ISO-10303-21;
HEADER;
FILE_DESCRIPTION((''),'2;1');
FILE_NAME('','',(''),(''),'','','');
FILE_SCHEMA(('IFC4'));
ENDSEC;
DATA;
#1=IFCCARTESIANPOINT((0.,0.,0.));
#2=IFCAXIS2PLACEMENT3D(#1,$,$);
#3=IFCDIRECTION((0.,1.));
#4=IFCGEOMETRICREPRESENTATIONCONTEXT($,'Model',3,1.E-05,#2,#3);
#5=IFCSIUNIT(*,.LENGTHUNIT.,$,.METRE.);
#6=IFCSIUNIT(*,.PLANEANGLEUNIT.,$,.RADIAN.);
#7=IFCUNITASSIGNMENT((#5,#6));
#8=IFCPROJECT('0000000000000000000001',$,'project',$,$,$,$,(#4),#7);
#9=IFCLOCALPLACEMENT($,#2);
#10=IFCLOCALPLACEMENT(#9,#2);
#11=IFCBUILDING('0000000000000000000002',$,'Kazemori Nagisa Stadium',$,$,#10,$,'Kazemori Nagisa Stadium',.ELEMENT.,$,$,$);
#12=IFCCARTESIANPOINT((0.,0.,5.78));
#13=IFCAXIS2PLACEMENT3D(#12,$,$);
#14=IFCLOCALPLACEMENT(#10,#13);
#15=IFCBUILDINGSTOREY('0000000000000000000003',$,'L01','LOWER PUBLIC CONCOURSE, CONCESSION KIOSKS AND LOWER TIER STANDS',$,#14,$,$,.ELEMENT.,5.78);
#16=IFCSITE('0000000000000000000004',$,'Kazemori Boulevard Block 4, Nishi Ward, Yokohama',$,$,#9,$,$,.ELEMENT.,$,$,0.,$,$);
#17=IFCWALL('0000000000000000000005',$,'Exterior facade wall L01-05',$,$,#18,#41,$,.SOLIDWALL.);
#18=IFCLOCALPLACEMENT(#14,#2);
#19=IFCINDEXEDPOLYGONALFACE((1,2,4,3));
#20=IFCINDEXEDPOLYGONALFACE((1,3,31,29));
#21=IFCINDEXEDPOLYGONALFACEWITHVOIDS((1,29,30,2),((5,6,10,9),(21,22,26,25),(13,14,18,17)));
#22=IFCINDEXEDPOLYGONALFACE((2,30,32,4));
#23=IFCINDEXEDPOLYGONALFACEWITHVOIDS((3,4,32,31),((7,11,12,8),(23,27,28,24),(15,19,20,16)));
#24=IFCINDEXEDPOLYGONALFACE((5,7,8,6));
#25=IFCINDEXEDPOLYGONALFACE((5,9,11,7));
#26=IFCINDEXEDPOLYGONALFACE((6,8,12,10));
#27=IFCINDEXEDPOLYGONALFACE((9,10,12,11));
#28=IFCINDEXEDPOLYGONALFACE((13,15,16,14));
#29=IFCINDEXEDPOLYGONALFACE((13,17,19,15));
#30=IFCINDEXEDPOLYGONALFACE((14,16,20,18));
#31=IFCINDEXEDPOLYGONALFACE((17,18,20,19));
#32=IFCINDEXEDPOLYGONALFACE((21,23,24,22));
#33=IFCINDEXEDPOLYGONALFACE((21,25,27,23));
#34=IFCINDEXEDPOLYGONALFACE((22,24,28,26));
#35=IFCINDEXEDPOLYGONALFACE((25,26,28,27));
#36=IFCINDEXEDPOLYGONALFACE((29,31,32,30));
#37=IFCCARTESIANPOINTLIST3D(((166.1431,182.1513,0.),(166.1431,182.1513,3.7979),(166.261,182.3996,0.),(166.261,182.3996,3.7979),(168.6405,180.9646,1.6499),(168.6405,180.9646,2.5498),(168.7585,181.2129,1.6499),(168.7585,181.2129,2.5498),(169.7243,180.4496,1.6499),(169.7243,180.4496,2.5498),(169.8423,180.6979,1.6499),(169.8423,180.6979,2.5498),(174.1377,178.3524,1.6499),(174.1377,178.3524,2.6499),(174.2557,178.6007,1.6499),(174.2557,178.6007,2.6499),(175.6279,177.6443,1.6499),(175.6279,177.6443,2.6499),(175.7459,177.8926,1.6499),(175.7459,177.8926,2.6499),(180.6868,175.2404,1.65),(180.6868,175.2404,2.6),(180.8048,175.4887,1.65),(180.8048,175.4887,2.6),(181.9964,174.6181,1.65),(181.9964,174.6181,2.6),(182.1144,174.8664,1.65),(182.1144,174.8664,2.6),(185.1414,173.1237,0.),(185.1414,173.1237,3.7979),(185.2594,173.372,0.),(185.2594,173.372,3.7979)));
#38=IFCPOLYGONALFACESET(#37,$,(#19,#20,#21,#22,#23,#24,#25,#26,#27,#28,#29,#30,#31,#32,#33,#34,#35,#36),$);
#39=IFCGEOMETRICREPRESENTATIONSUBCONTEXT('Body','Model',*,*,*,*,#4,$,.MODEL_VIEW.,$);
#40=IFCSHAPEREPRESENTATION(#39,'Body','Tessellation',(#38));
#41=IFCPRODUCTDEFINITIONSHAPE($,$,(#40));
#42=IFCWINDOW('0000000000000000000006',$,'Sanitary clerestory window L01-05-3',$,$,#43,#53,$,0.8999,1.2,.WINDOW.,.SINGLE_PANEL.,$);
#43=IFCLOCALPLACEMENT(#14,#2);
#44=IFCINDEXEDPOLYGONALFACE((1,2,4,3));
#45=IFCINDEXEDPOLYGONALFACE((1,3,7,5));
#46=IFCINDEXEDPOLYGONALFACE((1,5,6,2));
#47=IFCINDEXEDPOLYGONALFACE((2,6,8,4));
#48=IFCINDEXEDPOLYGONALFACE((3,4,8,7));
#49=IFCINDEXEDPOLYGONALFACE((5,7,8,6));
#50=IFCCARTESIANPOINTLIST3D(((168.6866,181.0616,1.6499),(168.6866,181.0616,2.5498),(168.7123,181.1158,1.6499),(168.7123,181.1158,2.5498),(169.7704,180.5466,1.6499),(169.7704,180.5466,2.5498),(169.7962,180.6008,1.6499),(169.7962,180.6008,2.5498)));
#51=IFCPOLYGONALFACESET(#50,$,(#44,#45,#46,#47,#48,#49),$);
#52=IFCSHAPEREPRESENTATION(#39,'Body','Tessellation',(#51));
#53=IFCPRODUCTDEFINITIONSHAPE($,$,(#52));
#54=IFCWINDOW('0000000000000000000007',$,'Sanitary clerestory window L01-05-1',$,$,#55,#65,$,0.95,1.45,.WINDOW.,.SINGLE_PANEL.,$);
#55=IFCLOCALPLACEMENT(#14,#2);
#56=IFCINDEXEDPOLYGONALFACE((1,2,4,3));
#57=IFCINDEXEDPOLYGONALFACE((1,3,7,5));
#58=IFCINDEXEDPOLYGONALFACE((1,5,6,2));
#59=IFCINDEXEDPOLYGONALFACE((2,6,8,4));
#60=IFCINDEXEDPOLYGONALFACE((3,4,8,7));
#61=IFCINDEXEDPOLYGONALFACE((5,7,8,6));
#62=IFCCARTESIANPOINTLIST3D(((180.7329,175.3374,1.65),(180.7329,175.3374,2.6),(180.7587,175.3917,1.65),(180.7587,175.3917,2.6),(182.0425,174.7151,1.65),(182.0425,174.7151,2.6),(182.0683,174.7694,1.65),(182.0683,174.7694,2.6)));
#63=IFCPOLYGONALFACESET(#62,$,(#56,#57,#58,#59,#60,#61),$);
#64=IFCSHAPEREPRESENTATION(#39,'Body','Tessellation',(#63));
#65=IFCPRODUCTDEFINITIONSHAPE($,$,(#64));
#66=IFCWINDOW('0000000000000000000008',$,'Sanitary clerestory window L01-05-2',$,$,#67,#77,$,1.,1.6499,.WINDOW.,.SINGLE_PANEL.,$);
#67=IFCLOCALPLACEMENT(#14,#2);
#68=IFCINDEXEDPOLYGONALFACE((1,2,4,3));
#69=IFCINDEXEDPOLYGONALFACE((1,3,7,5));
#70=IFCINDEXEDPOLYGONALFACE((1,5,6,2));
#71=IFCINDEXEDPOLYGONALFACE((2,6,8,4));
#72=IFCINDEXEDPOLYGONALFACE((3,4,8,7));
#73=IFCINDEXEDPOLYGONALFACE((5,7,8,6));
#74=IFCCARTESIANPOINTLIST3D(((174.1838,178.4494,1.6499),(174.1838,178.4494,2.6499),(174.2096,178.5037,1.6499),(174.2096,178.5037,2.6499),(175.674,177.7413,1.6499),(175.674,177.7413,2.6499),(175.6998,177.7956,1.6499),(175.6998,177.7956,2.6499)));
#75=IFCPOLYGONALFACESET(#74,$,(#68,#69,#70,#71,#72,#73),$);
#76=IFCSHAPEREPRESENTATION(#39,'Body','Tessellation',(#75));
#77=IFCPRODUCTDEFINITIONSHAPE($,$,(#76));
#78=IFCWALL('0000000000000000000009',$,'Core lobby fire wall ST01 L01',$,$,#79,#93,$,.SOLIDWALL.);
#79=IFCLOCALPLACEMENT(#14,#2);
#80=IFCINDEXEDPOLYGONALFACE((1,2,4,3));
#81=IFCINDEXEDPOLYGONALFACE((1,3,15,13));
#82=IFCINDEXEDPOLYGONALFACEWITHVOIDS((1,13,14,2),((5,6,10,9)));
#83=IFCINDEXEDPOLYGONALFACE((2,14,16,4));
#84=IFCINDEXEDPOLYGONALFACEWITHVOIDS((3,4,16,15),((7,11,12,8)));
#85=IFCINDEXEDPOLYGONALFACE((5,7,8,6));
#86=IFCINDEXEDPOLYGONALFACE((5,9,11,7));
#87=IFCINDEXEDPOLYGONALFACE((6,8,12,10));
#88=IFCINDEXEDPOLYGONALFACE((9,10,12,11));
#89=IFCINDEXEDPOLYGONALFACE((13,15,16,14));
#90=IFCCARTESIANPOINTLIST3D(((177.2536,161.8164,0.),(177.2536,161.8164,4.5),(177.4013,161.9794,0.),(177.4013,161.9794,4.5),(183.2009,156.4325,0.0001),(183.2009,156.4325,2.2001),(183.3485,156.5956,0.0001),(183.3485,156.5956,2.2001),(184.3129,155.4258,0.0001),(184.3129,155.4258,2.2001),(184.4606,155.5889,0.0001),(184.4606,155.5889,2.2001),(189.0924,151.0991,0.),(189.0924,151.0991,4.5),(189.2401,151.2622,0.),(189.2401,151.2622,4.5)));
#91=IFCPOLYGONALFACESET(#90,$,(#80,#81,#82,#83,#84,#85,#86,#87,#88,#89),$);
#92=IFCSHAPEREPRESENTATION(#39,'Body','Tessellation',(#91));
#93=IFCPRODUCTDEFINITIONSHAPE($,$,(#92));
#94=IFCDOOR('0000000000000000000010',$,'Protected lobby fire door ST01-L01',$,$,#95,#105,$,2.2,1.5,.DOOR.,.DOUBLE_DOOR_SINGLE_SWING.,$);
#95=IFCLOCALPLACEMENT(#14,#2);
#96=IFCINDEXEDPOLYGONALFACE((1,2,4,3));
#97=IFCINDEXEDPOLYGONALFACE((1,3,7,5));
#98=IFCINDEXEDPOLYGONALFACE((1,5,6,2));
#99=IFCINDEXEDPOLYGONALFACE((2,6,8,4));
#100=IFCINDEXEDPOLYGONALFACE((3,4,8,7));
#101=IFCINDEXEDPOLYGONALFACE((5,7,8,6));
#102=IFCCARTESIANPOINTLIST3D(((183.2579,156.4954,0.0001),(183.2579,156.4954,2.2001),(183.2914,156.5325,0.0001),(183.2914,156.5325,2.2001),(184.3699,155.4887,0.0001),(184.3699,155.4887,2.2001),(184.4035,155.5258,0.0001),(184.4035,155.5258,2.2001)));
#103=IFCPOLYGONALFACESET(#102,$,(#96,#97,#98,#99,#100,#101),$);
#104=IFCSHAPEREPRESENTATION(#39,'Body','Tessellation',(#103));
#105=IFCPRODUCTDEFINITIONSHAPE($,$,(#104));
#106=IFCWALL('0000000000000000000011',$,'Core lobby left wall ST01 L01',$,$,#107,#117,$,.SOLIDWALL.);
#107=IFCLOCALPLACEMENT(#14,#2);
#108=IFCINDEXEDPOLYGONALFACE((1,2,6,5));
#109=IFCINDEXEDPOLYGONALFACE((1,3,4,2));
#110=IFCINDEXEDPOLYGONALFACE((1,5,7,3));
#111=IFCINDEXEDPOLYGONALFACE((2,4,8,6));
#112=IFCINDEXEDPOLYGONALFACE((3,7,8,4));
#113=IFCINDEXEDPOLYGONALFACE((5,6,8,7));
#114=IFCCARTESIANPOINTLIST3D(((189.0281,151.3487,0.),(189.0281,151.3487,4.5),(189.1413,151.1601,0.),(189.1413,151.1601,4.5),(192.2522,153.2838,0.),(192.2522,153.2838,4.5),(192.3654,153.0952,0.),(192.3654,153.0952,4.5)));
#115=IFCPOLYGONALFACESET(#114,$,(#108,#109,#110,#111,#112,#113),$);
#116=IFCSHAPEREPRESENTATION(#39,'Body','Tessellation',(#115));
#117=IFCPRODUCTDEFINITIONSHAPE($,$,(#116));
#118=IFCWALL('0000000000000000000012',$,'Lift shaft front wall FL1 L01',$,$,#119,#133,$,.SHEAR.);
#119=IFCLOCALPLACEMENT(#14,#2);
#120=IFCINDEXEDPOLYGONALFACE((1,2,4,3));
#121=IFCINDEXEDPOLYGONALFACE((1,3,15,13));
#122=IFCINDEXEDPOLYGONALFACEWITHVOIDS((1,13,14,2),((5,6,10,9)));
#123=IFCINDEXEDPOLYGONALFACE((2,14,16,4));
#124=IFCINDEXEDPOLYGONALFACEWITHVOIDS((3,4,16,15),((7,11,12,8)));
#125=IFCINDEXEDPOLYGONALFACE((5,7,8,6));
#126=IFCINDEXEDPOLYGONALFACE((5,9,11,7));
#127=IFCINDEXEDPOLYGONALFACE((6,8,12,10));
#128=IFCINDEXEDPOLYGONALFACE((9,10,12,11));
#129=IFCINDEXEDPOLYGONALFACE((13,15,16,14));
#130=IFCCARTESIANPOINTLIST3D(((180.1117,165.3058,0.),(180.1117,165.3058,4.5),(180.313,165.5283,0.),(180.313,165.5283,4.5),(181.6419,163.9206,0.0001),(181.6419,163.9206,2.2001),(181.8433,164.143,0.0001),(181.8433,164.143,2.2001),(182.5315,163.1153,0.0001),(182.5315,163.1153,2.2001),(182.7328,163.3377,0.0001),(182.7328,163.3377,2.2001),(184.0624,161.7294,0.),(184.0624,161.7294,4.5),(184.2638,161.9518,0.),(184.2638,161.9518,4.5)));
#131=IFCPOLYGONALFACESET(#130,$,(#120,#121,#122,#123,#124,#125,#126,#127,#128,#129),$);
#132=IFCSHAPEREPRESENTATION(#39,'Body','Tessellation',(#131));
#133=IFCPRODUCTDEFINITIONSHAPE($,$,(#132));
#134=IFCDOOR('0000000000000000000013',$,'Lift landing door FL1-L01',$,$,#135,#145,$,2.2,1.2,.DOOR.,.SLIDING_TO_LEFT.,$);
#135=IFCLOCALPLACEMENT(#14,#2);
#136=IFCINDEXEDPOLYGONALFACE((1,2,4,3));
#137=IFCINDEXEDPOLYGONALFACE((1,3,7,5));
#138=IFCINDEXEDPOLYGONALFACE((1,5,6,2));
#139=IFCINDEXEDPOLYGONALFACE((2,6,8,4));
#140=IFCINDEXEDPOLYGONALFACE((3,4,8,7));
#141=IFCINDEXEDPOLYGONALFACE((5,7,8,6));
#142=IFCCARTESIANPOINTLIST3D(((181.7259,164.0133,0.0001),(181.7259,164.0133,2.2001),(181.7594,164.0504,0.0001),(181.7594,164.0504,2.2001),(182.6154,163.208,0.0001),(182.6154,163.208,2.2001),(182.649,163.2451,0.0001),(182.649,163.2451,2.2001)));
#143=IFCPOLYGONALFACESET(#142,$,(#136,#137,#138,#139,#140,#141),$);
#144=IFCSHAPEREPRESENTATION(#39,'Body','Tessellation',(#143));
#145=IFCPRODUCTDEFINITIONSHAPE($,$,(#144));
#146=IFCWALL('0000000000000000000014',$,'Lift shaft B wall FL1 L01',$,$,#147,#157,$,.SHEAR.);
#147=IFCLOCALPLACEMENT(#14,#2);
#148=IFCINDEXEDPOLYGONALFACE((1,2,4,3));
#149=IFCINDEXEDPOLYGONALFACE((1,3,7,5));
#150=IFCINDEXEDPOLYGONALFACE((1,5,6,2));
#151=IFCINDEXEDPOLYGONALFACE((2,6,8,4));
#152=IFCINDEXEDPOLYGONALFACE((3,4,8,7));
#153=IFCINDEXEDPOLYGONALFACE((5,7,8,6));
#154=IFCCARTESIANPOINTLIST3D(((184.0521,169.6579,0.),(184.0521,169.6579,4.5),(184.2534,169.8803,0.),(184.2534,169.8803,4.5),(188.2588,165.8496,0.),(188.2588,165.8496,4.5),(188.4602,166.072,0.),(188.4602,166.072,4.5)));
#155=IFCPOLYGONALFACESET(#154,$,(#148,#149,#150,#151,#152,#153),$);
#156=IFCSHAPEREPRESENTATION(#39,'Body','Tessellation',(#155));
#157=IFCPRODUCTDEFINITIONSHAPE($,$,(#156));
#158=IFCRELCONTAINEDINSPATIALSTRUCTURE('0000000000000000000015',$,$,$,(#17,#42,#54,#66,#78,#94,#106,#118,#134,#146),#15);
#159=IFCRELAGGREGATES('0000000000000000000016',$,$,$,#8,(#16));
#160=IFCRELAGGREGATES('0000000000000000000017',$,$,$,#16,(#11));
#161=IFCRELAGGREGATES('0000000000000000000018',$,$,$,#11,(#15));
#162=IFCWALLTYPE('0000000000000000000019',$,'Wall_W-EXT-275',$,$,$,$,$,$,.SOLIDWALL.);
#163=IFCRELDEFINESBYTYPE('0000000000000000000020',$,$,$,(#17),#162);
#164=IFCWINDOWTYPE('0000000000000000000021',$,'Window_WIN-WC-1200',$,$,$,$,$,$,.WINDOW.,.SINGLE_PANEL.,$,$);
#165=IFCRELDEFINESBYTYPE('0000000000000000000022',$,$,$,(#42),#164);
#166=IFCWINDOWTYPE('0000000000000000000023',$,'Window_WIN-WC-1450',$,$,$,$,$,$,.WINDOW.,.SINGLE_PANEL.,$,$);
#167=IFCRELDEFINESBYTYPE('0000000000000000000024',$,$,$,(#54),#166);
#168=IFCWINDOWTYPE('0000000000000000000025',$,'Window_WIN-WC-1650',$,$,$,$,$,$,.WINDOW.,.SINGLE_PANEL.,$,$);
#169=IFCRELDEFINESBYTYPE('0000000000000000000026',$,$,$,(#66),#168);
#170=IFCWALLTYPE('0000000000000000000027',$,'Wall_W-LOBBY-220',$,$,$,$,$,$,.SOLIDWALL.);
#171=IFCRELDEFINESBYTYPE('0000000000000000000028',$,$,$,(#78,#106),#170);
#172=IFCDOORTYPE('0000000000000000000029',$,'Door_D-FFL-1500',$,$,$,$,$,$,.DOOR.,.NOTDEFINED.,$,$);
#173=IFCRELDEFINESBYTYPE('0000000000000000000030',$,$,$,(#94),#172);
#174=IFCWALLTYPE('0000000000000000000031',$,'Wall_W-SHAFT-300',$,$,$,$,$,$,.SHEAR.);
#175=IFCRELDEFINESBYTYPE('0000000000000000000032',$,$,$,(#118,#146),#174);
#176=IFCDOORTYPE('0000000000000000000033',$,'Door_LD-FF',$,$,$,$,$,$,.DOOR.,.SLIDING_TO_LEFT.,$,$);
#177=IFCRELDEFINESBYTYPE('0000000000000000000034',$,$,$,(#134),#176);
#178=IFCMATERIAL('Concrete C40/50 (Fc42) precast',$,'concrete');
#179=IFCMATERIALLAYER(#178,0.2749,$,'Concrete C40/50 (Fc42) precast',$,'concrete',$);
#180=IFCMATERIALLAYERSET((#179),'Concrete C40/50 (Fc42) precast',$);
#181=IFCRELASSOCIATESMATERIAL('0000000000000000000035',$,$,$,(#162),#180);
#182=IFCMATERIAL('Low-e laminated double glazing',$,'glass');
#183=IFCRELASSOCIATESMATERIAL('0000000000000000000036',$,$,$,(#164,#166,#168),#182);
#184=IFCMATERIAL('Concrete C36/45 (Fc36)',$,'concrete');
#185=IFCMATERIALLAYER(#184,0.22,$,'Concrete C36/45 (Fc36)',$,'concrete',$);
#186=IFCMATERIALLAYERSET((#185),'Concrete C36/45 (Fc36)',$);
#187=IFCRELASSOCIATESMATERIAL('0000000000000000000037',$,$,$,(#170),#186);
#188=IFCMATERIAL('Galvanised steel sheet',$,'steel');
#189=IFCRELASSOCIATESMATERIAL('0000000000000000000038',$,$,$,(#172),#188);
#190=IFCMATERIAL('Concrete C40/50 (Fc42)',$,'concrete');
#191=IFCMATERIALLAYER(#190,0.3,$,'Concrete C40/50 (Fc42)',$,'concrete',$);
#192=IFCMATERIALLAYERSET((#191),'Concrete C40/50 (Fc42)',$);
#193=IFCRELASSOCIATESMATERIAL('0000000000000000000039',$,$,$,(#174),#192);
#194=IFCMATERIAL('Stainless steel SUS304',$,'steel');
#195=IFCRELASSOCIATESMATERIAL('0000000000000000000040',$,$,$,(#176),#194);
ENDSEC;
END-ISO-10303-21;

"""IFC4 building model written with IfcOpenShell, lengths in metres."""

from ifc_helpers import new_model, si_unit, direction, frame, frame_2d, origin, place, context, subcontext, project, spatial, rectangle, extrude, material, layer, layer_set, type_object, element, fill, save


model = new_model("IFC4")

# Units and contexts
model_context = context("Model", 3, precision=1e-05, world=origin(), true_north=direction((0.0, 1.0)))
body_context = subcontext(model_context, "Body", "Model", "MODEL_VIEW")
ifc_project = project(units=[si_unit("LENGTHUNIT", "METRE"), si_unit("PLANEANGLEUNIT", "RADIAN")], contexts=[model_context])

# Site, building, storey
site_placement = place(None, origin())
site = spatial("IfcSite", under=ifc_project, at=site_placement, Name="Kazemori Boulevard Block 4, Nishi Ward, Yokohama", CompositionType="ELEMENT", RefElevation=0.0)
building_placement = place(site_placement, origin())
building = spatial("IfcBuilding", under=site, at=building_placement, Name="Kazemori Nagisa Stadium", LongName="Kazemori Nagisa Stadium", CompositionType="ELEMENT")
storey_placement = place(building_placement, frame((0.0, 0.0, 5.78)))
storey = spatial("IfcBuildingStorey", under=building, at=storey_placement, Name="L01", Description="LOWER PUBLIC CONCOURSE, CONCESSION KIOSKS AND LOWER TIER STANDS", CompositionType="ELEMENT", Elevation=5.78)

# Shared definitions
ifc_material_1 = material(Name="Concrete C40/50 (Fc42)", Category="concrete")

# Wall, openings, windows
ifc_material_2 = material(Name="Concrete C40/50 (Fc42) precast", Category="concrete")
ifc_layer_1 = layer(ifc_material_2, 0.2749, Name="Concrete C40/50 (Fc42) precast", Category="concrete")
ifc_layer_set_1 = layer_set([ifc_layer_1], Name="Concrete C40/50 (Fc42) precast")
wall_type_1 = type_object("IfcWallType", Name="Wall_W-EXT-275", PredefinedType="SOLIDWALL", material=ifc_layer_set_1)
wall_1_placement = place(storey_placement, frame((185.2004, 173.2478, 0.0), z_axis=(0.0, 0.0, 1.0), x_axis=(-0.903215, 0.429189, 0.0)))
wall_1 = element("IfcWall", 1, at=wall_1_placement, inside=storey, type_object=wall_type_1, Name="Exterior facade wall L01-05", PredefinedType="SOLIDWALL", context=body_context, shape_type="SweptSolid", body=[
    extrude(rectangle(XDim=21.0342, YDim=0.2749, at=frame_2d((10.5171, 0.0))), origin(), (0.0, 0.0, 1.0), 3.7979),
])
opening_1_placement = place(wall_1_placement, frame((3.4819, 0.0, 1.6499)))
opening_1 = element("IfcOpeningElement", 2, at=opening_1_placement, cuts=wall_1, PredefinedType="OPENING", context=body_context, shape_type="SweptSolid", body=[
    extrude(rectangle(XDim=1.45, YDim=0.95, at=frame_2d((0.7251, 0.4751))), frame((0.0, 0.1475, 0.0), z_axis=(0.0, -1.0, 0.0), x_axis=(1.0, 0.0, 0.0)), (0.0, 0.0, 1.0), 0.2949),
])
opening_2_placement = place(wall_1_placement, frame((10.533, 0.0, 1.6499)))
opening_2 = element("IfcOpeningElement", 3, at=opening_2_placement, cuts=wall_1, PredefinedType="OPENING", context=body_context, shape_type="SweptSolid", body=[
    extrude(rectangle(XDim=1.6499, YDim=1.0, at=frame_2d((0.825, 0.5))), frame((0.0, 0.1475, 0.0), z_axis=(0.0, -1.0, 0.0), x_axis=(1.0, 0.0, 0.0)), (0.0, 0.0, 1.0), 0.2949),
])
opening_3_placement = place(wall_1_placement, frame((17.0691, 0.0, 1.6499)))
opening_3 = element("IfcOpeningElement", 4, at=opening_3_placement, cuts=wall_1, PredefinedType="OPENING", context=body_context, shape_type="SweptSolid", body=[
    extrude(rectangle(XDim=1.2, YDim=0.8999, at=frame_2d((0.6001, 0.45))), frame((0.0, 0.1475, 0.0), z_axis=(0.0, -1.0, 0.0), x_axis=(1.0, 0.0, 0.0)), (0.0, 0.0, 1.0), 0.2949),
])
ifc_material_3 = material(Name="Low-e laminated double glazing", Category="glass")
window_type_1 = type_object("IfcWindowType", Name="Window_WIN-WC-1200", PartitioningType="SINGLE_PANEL", PredefinedType="WINDOW", material=ifc_material_3)
window_1_placement = place(opening_3_placement, origin())
window_1 = element("IfcWindow", 5, at=window_1_placement, inside=storey, type_object=window_type_1, Name="Sanitary clerestory window L01-05-3", OverallHeight=0.8999, OverallWidth=1.2, PartitioningType="SINGLE_PANEL", PredefinedType="WINDOW", context=body_context, shape_type="SweptSolid", body=[
    extrude(rectangle(XDim=1.2, YDim=0.8999, at=frame_2d((0.6001, 0.45))), frame((0.0, 0.03, 0.0), z_axis=(0.0, -1.0, 0.0), x_axis=(1.0, 0.0, 0.0)), (0.0, 0.0, 1.0), 0.0601),
])
fill(opening_3, window_1)
window_type_2 = type_object("IfcWindowType", Name="Window_WIN-WC-1450", PartitioningType="SINGLE_PANEL", PredefinedType="WINDOW", material=ifc_material_3)
window_2_placement = place(opening_1_placement, origin())
window_2 = element("IfcWindow", 6, at=window_2_placement, inside=storey, type_object=window_type_2, Name="Sanitary clerestory window L01-05-1", OverallHeight=0.95, OverallWidth=1.45, PartitioningType="SINGLE_PANEL", PredefinedType="WINDOW", context=body_context, shape_type="SweptSolid", body=[
    extrude(rectangle(XDim=1.45, YDim=0.95, at=frame_2d((0.7251, 0.4751))), frame((0.0, 0.03, 0.0), z_axis=(0.0, -1.0, 0.0), x_axis=(1.0, 0.0, 0.0)), (0.0, 0.0, 1.0), 0.0601),
])
fill(opening_1, window_2)
window_type_3 = type_object("IfcWindowType", Name="Window_WIN-WC-1650", PartitioningType="SINGLE_PANEL", PredefinedType="WINDOW", material=ifc_material_3)
window_3_placement = place(opening_2_placement, origin())
window_3 = element("IfcWindow", 7, at=window_3_placement, inside=storey, type_object=window_type_3, Name="Sanitary clerestory window L01-05-2", OverallHeight=1.0, OverallWidth=1.6499, PartitioningType="SINGLE_PANEL", PredefinedType="WINDOW", context=body_context, shape_type="SweptSolid", body=[
    extrude(rectangle(XDim=1.6499, YDim=1.0, at=frame_2d((0.825, 0.5))), frame((0.0, 0.03, 0.0), z_axis=(0.0, -1.0, 0.0), x_axis=(1.0, 0.0, 0.0)), (0.0, 0.0, 1.0), 0.0601),
])
fill(opening_2, window_3)

# Wall, opening, door
ifc_material_4 = material(Name="Concrete C36/45 (Fc36)", Category="concrete")
ifc_layer_2 = layer(ifc_material_4, 0.22, Name="Concrete C36/45 (Fc36)", Category="concrete")
ifc_layer_set_2 = layer_set([ifc_layer_2], Name="Concrete C36/45 (Fc36)")
wall_type_2 = type_object("IfcWallType", Name="Wall_W-LOBBY-220", PredefinedType="SOLIDWALL", material=ifc_layer_set_2)
wall_2_placement = place(storey_placement, frame((189.1663, 151.1807, 0.0), z_axis=(0.0, 0.0, 1.0), x_axis=(-0.741351, 0.671117, 0.0)))
wall_2 = element("IfcWall", 8, at=wall_2_placement, inside=storey, type_object=wall_type_2, Name="Core lobby fire wall ST01 L01", PredefinedType="SOLIDWALL", context=body_context, shape_type="SweptSolid", body=[
    extrude(rectangle(XDim=15.9692, YDim=0.22, at=frame_2d((7.9846, 0.0))), origin(), (0.0, 0.0, 1.0), 4.5),
])
opening_4_placement = place(wall_2_placement, frame((6.447, 0.0, 0.0)))
opening_4 = element("IfcOpeningElement", 9, at=opening_4_placement, cuts=wall_2, PredefinedType="OPENING", context=body_context, shape_type="SweptSolid", body=[
    extrude(rectangle(XDim=1.5, YDim=2.2, at=frame_2d((0.75, 1.1001))), frame((0.0, 0.1199, 0.0), z_axis=(0.0, -1.0, 0.0), x_axis=(1.0, 0.0, 0.0)), (0.0, 0.0, 1.0), 0.24),
])
ifc_material_5 = material(Name="Galvanised steel sheet", Category="steel")
door_type_1 = type_object("IfcDoorType", Name="Door_D-FFL-1500", OperationType="NOTDEFINED", PredefinedType="DOOR", material=ifc_material_5)
door_1_placement = place(opening_4_placement, frame((1.5, 0.0, 0.0), z_axis=(0.0, 0.0, 1.0), x_axis=(-1.0, 0.0, 0.0)))
door_1 = element("IfcDoor", 10, at=door_1_placement, inside=storey, type_object=door_type_1, Name="Protected lobby fire door ST01-L01", OperationType="DOUBLE_DOOR_SINGLE_SWING", OverallHeight=2.2, OverallWidth=1.5, PredefinedType="DOOR", context=body_context, shape_type="SweptSolid", body=[
    extrude(rectangle(XDim=1.5, YDim=2.2, at=frame_2d((0.75, 1.1001))), frame((0.0, 0.0249, 0.0), z_axis=(0.0, -1.0, 0.0), x_axis=(1.0, 0.0, 0.0)), (0.0, 0.0, 1.0), 0.05),
])
fill(opening_4, door_1)

# Wall
wall_3_placement = place(storey_placement, frame((189.0847, 151.2544, 0.0), z_axis=(0.0, 0.0, 1.0), x_axis=(0.857424, 0.51461, 0.0)))
element("IfcWall", 11, at=wall_3_placement, inside=storey, type_object=wall_type_2, Name="Core lobby left wall ST01 L01", PredefinedType="SOLIDWALL", context=body_context, shape_type="SweptSolid", body=[
    extrude(rectangle(XDim=3.7603, YDim=0.22, at=frame_2d((1.8801, 0.0))), origin(), (0.0, 0.0, 1.0), 4.5),
])

# Wall, opening, door
ifc_layer_3 = layer(ifc_material_1, 0.3, Name="Concrete C40/50 (Fc42)", Category="concrete")
ifc_layer_set_3 = layer_set([ifc_layer_3], Name="Concrete C40/50 (Fc42)")
wall_type_3 = type_object("IfcWallType", Name="Wall_W-SHAFT-300", PredefinedType="SHEAR", material=ifc_layer_set_3)
wall_4_placement = place(storey_placement, frame((184.1631, 161.8406, 0.0), z_axis=(0.0, 0.0, 1.0), x_axis=(-0.74135, 0.671118, 0.0)))
wall_4 = element("IfcWall", 12, at=wall_4_placement, inside=storey, type_object=wall_type_3, Name="Lift shaft front wall FL1 L01", PredefinedType="SHEAR", context=body_context, shape_type="SweptSolid", body=[
    extrude(rectangle(XDim=5.3291, YDim=0.3, at=frame_2d((2.6646, 0.0))), origin(), (0.0, 0.0, 1.0), 4.5),
])
opening_5_placement = place(wall_4_placement, frame((2.0649, 0.0, 0.0)))
opening_5 = element("IfcOpeningElement", 13, at=opening_5_placement, cuts=wall_4, PredefinedType="OPENING", context=body_context, shape_type="SweptSolid", body=[
    extrude(rectangle(XDim=1.2, YDim=2.2, at=frame_2d((0.6001, 1.1001))), frame((0.0, 0.1599, 0.0), z_axis=(0.0, -1.0, 0.0), x_axis=(1.0, 0.0, 0.0)), (0.0, 0.0, 1.0), 0.3201),
])
ifc_material_6 = material(Name="Stainless steel SUS304", Category="steel")
door_type_2 = type_object("IfcDoorType", Name="Door_LD-FF", OperationType="SLIDING_TO_LEFT", PredefinedType="DOOR", material=ifc_material_6)
door_2_placement = place(opening_5_placement, origin())
door_2 = element("IfcDoor", 14, at=door_2_placement, inside=storey, type_object=door_type_2, Name="Lift landing door FL1-L01", OperationType="SLIDING_TO_LEFT", OverallHeight=2.2, OverallWidth=1.2, PredefinedType="DOOR", context=body_context, shape_type="SweptSolid", body=[
    extrude(rectangle(XDim=1.2, YDim=2.2, at=frame_2d((0.6001, 1.1001))), frame((0.0, 0.0249, 0.0), z_axis=(0.0, -1.0, 0.0), x_axis=(1.0, 0.0, 0.0)), (0.0, 0.0, 1.0), 0.05),
])
fill(opening_5, door_2)

# Wall
wall_5_placement = place(storey_placement, frame((188.3596, 165.9607, 0.0), z_axis=(0.0, 0.0, 1.0), x_axis=(-0.741342, 0.671127, 0.0)))
element("IfcWall", 15, at=wall_5_placement, inside=storey, type_object=wall_type_3, Name="Lift shaft B wall FL1 L01", PredefinedType="SHEAR", context=body_context, shape_type="SweptSolid", body=[
    extrude(rectangle(XDim=5.6746, YDim=0.3, at=frame_2d((2.8374, 0.0))), origin(), (0.0, 0.0, 1.0), 4.5),
])

save(model, "model.ifc")
